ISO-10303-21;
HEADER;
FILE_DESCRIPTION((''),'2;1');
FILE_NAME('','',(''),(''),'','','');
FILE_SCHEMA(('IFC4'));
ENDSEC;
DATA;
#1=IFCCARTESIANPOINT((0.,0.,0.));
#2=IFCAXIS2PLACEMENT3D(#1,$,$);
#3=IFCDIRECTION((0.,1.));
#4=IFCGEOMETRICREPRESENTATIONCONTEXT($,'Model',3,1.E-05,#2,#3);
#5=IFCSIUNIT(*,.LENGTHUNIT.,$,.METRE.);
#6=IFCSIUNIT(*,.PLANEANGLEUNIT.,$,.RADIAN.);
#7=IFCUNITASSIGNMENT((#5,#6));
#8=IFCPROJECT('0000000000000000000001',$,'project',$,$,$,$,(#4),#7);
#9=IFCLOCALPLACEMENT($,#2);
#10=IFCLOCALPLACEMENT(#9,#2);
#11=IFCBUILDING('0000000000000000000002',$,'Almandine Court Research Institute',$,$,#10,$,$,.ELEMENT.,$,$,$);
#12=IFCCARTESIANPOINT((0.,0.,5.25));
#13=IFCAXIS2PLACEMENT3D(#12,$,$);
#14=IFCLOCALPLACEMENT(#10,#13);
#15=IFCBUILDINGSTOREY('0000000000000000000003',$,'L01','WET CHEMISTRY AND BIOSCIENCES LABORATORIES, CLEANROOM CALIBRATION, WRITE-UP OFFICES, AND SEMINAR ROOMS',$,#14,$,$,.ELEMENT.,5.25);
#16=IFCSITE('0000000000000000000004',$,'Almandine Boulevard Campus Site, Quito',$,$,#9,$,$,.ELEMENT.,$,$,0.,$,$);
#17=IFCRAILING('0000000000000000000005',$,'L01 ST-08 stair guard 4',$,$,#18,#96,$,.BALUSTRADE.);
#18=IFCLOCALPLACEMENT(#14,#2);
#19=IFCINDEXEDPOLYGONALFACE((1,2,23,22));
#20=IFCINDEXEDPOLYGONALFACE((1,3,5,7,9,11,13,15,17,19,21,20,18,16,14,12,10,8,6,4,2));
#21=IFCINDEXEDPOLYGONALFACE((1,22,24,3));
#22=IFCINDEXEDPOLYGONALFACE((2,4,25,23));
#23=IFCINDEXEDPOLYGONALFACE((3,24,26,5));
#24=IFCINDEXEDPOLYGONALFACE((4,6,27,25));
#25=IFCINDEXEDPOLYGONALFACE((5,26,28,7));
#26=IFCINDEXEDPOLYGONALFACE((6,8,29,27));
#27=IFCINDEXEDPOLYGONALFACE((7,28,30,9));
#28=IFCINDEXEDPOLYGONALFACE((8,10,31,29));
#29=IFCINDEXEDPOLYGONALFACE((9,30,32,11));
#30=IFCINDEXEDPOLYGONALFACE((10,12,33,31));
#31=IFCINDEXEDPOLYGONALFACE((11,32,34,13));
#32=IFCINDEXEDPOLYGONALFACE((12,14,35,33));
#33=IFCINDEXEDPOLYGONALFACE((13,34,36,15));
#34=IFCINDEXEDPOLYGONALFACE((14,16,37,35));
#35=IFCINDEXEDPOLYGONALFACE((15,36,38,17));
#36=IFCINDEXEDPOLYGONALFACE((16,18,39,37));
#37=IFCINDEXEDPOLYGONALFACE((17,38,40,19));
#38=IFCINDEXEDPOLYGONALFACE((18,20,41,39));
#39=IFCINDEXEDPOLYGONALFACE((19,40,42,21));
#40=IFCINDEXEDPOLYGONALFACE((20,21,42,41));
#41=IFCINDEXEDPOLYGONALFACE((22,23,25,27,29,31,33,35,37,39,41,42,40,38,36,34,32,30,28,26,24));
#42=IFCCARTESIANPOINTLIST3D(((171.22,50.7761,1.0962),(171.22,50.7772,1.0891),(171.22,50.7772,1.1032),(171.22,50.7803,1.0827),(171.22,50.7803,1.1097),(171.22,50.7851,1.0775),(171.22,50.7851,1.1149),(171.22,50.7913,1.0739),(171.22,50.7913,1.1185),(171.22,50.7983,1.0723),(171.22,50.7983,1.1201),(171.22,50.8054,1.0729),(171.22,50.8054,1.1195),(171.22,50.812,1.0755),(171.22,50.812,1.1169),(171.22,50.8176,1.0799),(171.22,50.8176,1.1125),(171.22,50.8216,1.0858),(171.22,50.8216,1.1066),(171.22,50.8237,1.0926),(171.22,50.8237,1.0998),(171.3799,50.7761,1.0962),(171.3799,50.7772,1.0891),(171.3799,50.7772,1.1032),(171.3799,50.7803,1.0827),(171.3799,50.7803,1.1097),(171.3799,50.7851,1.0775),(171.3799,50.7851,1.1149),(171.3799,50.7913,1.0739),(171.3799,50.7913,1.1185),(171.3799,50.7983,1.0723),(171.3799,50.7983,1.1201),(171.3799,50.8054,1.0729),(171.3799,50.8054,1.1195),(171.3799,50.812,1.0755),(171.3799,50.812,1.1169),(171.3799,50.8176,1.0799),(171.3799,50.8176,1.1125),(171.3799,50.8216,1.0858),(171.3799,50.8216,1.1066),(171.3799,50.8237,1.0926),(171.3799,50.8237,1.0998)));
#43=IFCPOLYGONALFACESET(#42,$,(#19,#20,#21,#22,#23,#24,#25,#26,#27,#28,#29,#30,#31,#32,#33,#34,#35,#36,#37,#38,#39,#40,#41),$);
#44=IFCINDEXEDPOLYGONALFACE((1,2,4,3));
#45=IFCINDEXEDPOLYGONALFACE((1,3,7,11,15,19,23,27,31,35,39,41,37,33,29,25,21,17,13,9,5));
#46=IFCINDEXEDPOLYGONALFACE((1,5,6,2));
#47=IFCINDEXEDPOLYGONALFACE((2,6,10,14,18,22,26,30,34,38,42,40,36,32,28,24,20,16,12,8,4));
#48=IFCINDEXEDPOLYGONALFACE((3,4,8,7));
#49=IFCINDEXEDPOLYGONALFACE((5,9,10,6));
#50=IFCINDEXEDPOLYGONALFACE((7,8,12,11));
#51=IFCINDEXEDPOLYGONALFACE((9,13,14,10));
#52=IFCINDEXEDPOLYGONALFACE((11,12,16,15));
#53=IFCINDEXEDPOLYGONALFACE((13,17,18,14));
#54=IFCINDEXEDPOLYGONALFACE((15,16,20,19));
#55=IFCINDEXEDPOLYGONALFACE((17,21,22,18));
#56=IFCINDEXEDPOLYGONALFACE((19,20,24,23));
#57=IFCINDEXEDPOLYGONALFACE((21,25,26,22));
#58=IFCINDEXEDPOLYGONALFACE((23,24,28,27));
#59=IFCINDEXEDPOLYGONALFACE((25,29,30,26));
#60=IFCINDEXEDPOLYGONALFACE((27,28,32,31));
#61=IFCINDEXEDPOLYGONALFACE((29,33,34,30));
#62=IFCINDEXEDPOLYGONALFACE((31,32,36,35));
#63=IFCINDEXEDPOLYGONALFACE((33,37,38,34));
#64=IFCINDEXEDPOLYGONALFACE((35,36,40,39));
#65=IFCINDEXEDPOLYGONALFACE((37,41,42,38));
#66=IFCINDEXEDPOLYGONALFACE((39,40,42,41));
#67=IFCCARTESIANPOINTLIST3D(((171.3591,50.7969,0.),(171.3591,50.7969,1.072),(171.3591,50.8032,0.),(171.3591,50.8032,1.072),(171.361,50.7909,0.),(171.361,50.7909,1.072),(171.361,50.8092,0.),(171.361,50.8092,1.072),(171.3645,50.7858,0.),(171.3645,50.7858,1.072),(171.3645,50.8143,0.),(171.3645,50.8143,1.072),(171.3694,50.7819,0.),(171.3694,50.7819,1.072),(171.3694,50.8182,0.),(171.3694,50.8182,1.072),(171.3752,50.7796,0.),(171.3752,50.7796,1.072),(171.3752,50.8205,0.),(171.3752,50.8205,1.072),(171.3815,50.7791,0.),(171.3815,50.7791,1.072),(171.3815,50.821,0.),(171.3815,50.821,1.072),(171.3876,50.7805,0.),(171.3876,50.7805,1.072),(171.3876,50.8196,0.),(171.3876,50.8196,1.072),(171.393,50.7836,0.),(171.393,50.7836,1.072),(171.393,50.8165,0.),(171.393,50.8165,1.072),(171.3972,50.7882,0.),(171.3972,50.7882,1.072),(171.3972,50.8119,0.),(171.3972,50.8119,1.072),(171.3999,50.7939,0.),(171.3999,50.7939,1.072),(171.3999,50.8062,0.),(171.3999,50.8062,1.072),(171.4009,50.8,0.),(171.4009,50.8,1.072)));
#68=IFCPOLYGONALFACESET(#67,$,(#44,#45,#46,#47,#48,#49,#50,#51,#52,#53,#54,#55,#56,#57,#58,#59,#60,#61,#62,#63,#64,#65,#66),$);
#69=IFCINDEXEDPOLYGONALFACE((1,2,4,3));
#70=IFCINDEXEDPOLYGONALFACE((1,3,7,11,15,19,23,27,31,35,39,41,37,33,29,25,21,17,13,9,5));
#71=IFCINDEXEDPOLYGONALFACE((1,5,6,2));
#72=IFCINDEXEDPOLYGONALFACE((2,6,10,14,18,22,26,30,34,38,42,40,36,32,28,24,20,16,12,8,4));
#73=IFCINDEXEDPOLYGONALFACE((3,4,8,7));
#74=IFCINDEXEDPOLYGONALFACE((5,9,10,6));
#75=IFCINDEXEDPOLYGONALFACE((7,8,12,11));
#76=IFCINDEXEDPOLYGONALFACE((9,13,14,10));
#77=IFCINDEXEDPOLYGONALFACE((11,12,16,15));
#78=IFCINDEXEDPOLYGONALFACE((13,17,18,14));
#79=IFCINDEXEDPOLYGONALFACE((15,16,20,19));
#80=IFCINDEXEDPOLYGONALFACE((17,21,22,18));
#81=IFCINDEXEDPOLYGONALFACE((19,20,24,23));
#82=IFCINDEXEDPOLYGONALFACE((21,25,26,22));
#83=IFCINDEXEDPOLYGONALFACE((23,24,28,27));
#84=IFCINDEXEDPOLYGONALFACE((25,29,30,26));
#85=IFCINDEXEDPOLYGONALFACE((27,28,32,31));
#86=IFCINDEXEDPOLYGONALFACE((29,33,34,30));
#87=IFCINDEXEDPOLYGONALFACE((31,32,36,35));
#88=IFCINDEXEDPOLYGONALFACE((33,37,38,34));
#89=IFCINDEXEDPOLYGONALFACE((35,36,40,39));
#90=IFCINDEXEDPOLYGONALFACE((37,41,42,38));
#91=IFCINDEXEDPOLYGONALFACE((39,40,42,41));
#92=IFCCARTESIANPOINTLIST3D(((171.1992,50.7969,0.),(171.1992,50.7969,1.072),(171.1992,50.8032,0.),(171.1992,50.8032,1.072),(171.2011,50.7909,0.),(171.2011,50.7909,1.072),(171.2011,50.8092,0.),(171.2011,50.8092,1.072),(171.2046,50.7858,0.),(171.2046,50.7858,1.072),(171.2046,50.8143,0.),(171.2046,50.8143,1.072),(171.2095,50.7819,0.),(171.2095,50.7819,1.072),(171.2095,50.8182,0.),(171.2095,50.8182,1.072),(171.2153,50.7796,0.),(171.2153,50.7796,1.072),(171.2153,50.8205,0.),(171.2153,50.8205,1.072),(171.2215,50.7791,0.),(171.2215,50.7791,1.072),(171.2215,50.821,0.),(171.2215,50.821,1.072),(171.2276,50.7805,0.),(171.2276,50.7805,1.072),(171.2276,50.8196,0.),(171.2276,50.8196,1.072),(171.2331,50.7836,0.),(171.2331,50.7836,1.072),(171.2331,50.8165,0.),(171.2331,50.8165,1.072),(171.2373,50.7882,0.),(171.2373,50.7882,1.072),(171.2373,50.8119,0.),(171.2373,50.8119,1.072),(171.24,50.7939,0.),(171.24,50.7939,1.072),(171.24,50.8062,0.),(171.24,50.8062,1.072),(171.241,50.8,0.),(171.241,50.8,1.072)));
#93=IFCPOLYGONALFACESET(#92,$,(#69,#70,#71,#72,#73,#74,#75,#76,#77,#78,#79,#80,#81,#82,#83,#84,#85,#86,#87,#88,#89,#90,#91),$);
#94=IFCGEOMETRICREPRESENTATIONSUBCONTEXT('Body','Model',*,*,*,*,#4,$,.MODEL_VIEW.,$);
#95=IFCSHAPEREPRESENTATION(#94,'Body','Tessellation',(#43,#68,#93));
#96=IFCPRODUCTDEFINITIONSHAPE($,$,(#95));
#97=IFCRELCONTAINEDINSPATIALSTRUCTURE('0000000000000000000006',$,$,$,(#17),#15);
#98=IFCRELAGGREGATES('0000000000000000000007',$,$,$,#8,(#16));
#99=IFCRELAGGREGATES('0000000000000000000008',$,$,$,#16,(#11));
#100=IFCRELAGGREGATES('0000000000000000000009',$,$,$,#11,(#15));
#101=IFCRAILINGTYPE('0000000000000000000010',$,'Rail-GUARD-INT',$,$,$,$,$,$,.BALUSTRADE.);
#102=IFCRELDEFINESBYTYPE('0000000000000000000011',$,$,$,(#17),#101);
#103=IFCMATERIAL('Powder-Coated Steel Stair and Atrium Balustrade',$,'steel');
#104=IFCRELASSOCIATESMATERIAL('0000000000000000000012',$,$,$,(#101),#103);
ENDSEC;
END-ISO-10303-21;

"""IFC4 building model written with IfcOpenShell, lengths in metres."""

from ifc_helpers import new_model, si_unit, direction, frame, origin, origin_2d, place, context, subcontext, project, spatial, circle, extrude, material, type_object, element, save


model = new_model("IFC4")

# Units and contexts
model_context = context("Model", 3, precision=1e-05, world=origin(), true_north=direction((0.0, 1.0)))
body_context = subcontext(model_context, "Body", "Model", "MODEL_VIEW")
ifc_project = project(units=[si_unit("LENGTHUNIT", "METRE"), si_unit("PLANEANGLEUNIT", "RADIAN")], contexts=[model_context])

# Site, building, storey
site_placement = place(None, origin())
site = spatial("IfcSite", under=ifc_project, at=site_placement, Name="Almandine Boulevard Campus Site, Quito", CompositionType="ELEMENT", RefElevation=0.0)
building_placement = place(site_placement, origin())
building = spatial("IfcBuilding", under=site, at=building_placement, Name="Almandine Court Research Institute", CompositionType="ELEMENT")
storey_placement = place(building_placement, frame((0.0, 0.0, 5.25)))
storey = spatial("IfcBuildingStorey", under=building, at=storey_placement, Name="L01", Description="WET CHEMISTRY AND BIOSCIENCES LABORATORIES, CLEANROOM CALIBRATION, WRITE-UP OFFICES, AND SEMINAR ROOMS", CompositionType="ELEMENT", Elevation=5.25)

# Railing
ifc_material_1 = material(Name="Powder-Coated Steel Stair and Atrium Balustrade", Category="steel")
railing_type_1 = type_object("IfcRailingType", Name="Rail-GUARD-INT", PredefinedType="BALUSTRADE", material=ifc_material_1)
railing_1_placement = place(storey_placement, frame((171.3799, 50.8, 0.0)))
element("IfcRailing", 1, at=railing_1_placement, inside=storey, type_object=railing_type_1, Name="L01 ST-08 stair guard 4", PredefinedType="BALUSTRADE", context=body_context, shape_type="SweptSolid", body=[
    extrude(circle(Radius=0.0239, at=origin_2d()), frame((0.0, 0.0, 1.0962), z_axis=(-1.0, 0.0, 0.0), x_axis=(0.0, -1.0, 0.0)), (0.0, 0.0, 1.0), 0.1599),
    extrude(circle(Radius=0.021, at=origin_2d()), origin(), (0.0, 0.0, 1.0), 1.072),
    extrude(circle(Radius=0.021, at=origin_2d()), frame((-0.1599, 0.0, 0.0)), (0.0, 0.0, 1.0), 1.072),
])

save(model, "model.ifc")
